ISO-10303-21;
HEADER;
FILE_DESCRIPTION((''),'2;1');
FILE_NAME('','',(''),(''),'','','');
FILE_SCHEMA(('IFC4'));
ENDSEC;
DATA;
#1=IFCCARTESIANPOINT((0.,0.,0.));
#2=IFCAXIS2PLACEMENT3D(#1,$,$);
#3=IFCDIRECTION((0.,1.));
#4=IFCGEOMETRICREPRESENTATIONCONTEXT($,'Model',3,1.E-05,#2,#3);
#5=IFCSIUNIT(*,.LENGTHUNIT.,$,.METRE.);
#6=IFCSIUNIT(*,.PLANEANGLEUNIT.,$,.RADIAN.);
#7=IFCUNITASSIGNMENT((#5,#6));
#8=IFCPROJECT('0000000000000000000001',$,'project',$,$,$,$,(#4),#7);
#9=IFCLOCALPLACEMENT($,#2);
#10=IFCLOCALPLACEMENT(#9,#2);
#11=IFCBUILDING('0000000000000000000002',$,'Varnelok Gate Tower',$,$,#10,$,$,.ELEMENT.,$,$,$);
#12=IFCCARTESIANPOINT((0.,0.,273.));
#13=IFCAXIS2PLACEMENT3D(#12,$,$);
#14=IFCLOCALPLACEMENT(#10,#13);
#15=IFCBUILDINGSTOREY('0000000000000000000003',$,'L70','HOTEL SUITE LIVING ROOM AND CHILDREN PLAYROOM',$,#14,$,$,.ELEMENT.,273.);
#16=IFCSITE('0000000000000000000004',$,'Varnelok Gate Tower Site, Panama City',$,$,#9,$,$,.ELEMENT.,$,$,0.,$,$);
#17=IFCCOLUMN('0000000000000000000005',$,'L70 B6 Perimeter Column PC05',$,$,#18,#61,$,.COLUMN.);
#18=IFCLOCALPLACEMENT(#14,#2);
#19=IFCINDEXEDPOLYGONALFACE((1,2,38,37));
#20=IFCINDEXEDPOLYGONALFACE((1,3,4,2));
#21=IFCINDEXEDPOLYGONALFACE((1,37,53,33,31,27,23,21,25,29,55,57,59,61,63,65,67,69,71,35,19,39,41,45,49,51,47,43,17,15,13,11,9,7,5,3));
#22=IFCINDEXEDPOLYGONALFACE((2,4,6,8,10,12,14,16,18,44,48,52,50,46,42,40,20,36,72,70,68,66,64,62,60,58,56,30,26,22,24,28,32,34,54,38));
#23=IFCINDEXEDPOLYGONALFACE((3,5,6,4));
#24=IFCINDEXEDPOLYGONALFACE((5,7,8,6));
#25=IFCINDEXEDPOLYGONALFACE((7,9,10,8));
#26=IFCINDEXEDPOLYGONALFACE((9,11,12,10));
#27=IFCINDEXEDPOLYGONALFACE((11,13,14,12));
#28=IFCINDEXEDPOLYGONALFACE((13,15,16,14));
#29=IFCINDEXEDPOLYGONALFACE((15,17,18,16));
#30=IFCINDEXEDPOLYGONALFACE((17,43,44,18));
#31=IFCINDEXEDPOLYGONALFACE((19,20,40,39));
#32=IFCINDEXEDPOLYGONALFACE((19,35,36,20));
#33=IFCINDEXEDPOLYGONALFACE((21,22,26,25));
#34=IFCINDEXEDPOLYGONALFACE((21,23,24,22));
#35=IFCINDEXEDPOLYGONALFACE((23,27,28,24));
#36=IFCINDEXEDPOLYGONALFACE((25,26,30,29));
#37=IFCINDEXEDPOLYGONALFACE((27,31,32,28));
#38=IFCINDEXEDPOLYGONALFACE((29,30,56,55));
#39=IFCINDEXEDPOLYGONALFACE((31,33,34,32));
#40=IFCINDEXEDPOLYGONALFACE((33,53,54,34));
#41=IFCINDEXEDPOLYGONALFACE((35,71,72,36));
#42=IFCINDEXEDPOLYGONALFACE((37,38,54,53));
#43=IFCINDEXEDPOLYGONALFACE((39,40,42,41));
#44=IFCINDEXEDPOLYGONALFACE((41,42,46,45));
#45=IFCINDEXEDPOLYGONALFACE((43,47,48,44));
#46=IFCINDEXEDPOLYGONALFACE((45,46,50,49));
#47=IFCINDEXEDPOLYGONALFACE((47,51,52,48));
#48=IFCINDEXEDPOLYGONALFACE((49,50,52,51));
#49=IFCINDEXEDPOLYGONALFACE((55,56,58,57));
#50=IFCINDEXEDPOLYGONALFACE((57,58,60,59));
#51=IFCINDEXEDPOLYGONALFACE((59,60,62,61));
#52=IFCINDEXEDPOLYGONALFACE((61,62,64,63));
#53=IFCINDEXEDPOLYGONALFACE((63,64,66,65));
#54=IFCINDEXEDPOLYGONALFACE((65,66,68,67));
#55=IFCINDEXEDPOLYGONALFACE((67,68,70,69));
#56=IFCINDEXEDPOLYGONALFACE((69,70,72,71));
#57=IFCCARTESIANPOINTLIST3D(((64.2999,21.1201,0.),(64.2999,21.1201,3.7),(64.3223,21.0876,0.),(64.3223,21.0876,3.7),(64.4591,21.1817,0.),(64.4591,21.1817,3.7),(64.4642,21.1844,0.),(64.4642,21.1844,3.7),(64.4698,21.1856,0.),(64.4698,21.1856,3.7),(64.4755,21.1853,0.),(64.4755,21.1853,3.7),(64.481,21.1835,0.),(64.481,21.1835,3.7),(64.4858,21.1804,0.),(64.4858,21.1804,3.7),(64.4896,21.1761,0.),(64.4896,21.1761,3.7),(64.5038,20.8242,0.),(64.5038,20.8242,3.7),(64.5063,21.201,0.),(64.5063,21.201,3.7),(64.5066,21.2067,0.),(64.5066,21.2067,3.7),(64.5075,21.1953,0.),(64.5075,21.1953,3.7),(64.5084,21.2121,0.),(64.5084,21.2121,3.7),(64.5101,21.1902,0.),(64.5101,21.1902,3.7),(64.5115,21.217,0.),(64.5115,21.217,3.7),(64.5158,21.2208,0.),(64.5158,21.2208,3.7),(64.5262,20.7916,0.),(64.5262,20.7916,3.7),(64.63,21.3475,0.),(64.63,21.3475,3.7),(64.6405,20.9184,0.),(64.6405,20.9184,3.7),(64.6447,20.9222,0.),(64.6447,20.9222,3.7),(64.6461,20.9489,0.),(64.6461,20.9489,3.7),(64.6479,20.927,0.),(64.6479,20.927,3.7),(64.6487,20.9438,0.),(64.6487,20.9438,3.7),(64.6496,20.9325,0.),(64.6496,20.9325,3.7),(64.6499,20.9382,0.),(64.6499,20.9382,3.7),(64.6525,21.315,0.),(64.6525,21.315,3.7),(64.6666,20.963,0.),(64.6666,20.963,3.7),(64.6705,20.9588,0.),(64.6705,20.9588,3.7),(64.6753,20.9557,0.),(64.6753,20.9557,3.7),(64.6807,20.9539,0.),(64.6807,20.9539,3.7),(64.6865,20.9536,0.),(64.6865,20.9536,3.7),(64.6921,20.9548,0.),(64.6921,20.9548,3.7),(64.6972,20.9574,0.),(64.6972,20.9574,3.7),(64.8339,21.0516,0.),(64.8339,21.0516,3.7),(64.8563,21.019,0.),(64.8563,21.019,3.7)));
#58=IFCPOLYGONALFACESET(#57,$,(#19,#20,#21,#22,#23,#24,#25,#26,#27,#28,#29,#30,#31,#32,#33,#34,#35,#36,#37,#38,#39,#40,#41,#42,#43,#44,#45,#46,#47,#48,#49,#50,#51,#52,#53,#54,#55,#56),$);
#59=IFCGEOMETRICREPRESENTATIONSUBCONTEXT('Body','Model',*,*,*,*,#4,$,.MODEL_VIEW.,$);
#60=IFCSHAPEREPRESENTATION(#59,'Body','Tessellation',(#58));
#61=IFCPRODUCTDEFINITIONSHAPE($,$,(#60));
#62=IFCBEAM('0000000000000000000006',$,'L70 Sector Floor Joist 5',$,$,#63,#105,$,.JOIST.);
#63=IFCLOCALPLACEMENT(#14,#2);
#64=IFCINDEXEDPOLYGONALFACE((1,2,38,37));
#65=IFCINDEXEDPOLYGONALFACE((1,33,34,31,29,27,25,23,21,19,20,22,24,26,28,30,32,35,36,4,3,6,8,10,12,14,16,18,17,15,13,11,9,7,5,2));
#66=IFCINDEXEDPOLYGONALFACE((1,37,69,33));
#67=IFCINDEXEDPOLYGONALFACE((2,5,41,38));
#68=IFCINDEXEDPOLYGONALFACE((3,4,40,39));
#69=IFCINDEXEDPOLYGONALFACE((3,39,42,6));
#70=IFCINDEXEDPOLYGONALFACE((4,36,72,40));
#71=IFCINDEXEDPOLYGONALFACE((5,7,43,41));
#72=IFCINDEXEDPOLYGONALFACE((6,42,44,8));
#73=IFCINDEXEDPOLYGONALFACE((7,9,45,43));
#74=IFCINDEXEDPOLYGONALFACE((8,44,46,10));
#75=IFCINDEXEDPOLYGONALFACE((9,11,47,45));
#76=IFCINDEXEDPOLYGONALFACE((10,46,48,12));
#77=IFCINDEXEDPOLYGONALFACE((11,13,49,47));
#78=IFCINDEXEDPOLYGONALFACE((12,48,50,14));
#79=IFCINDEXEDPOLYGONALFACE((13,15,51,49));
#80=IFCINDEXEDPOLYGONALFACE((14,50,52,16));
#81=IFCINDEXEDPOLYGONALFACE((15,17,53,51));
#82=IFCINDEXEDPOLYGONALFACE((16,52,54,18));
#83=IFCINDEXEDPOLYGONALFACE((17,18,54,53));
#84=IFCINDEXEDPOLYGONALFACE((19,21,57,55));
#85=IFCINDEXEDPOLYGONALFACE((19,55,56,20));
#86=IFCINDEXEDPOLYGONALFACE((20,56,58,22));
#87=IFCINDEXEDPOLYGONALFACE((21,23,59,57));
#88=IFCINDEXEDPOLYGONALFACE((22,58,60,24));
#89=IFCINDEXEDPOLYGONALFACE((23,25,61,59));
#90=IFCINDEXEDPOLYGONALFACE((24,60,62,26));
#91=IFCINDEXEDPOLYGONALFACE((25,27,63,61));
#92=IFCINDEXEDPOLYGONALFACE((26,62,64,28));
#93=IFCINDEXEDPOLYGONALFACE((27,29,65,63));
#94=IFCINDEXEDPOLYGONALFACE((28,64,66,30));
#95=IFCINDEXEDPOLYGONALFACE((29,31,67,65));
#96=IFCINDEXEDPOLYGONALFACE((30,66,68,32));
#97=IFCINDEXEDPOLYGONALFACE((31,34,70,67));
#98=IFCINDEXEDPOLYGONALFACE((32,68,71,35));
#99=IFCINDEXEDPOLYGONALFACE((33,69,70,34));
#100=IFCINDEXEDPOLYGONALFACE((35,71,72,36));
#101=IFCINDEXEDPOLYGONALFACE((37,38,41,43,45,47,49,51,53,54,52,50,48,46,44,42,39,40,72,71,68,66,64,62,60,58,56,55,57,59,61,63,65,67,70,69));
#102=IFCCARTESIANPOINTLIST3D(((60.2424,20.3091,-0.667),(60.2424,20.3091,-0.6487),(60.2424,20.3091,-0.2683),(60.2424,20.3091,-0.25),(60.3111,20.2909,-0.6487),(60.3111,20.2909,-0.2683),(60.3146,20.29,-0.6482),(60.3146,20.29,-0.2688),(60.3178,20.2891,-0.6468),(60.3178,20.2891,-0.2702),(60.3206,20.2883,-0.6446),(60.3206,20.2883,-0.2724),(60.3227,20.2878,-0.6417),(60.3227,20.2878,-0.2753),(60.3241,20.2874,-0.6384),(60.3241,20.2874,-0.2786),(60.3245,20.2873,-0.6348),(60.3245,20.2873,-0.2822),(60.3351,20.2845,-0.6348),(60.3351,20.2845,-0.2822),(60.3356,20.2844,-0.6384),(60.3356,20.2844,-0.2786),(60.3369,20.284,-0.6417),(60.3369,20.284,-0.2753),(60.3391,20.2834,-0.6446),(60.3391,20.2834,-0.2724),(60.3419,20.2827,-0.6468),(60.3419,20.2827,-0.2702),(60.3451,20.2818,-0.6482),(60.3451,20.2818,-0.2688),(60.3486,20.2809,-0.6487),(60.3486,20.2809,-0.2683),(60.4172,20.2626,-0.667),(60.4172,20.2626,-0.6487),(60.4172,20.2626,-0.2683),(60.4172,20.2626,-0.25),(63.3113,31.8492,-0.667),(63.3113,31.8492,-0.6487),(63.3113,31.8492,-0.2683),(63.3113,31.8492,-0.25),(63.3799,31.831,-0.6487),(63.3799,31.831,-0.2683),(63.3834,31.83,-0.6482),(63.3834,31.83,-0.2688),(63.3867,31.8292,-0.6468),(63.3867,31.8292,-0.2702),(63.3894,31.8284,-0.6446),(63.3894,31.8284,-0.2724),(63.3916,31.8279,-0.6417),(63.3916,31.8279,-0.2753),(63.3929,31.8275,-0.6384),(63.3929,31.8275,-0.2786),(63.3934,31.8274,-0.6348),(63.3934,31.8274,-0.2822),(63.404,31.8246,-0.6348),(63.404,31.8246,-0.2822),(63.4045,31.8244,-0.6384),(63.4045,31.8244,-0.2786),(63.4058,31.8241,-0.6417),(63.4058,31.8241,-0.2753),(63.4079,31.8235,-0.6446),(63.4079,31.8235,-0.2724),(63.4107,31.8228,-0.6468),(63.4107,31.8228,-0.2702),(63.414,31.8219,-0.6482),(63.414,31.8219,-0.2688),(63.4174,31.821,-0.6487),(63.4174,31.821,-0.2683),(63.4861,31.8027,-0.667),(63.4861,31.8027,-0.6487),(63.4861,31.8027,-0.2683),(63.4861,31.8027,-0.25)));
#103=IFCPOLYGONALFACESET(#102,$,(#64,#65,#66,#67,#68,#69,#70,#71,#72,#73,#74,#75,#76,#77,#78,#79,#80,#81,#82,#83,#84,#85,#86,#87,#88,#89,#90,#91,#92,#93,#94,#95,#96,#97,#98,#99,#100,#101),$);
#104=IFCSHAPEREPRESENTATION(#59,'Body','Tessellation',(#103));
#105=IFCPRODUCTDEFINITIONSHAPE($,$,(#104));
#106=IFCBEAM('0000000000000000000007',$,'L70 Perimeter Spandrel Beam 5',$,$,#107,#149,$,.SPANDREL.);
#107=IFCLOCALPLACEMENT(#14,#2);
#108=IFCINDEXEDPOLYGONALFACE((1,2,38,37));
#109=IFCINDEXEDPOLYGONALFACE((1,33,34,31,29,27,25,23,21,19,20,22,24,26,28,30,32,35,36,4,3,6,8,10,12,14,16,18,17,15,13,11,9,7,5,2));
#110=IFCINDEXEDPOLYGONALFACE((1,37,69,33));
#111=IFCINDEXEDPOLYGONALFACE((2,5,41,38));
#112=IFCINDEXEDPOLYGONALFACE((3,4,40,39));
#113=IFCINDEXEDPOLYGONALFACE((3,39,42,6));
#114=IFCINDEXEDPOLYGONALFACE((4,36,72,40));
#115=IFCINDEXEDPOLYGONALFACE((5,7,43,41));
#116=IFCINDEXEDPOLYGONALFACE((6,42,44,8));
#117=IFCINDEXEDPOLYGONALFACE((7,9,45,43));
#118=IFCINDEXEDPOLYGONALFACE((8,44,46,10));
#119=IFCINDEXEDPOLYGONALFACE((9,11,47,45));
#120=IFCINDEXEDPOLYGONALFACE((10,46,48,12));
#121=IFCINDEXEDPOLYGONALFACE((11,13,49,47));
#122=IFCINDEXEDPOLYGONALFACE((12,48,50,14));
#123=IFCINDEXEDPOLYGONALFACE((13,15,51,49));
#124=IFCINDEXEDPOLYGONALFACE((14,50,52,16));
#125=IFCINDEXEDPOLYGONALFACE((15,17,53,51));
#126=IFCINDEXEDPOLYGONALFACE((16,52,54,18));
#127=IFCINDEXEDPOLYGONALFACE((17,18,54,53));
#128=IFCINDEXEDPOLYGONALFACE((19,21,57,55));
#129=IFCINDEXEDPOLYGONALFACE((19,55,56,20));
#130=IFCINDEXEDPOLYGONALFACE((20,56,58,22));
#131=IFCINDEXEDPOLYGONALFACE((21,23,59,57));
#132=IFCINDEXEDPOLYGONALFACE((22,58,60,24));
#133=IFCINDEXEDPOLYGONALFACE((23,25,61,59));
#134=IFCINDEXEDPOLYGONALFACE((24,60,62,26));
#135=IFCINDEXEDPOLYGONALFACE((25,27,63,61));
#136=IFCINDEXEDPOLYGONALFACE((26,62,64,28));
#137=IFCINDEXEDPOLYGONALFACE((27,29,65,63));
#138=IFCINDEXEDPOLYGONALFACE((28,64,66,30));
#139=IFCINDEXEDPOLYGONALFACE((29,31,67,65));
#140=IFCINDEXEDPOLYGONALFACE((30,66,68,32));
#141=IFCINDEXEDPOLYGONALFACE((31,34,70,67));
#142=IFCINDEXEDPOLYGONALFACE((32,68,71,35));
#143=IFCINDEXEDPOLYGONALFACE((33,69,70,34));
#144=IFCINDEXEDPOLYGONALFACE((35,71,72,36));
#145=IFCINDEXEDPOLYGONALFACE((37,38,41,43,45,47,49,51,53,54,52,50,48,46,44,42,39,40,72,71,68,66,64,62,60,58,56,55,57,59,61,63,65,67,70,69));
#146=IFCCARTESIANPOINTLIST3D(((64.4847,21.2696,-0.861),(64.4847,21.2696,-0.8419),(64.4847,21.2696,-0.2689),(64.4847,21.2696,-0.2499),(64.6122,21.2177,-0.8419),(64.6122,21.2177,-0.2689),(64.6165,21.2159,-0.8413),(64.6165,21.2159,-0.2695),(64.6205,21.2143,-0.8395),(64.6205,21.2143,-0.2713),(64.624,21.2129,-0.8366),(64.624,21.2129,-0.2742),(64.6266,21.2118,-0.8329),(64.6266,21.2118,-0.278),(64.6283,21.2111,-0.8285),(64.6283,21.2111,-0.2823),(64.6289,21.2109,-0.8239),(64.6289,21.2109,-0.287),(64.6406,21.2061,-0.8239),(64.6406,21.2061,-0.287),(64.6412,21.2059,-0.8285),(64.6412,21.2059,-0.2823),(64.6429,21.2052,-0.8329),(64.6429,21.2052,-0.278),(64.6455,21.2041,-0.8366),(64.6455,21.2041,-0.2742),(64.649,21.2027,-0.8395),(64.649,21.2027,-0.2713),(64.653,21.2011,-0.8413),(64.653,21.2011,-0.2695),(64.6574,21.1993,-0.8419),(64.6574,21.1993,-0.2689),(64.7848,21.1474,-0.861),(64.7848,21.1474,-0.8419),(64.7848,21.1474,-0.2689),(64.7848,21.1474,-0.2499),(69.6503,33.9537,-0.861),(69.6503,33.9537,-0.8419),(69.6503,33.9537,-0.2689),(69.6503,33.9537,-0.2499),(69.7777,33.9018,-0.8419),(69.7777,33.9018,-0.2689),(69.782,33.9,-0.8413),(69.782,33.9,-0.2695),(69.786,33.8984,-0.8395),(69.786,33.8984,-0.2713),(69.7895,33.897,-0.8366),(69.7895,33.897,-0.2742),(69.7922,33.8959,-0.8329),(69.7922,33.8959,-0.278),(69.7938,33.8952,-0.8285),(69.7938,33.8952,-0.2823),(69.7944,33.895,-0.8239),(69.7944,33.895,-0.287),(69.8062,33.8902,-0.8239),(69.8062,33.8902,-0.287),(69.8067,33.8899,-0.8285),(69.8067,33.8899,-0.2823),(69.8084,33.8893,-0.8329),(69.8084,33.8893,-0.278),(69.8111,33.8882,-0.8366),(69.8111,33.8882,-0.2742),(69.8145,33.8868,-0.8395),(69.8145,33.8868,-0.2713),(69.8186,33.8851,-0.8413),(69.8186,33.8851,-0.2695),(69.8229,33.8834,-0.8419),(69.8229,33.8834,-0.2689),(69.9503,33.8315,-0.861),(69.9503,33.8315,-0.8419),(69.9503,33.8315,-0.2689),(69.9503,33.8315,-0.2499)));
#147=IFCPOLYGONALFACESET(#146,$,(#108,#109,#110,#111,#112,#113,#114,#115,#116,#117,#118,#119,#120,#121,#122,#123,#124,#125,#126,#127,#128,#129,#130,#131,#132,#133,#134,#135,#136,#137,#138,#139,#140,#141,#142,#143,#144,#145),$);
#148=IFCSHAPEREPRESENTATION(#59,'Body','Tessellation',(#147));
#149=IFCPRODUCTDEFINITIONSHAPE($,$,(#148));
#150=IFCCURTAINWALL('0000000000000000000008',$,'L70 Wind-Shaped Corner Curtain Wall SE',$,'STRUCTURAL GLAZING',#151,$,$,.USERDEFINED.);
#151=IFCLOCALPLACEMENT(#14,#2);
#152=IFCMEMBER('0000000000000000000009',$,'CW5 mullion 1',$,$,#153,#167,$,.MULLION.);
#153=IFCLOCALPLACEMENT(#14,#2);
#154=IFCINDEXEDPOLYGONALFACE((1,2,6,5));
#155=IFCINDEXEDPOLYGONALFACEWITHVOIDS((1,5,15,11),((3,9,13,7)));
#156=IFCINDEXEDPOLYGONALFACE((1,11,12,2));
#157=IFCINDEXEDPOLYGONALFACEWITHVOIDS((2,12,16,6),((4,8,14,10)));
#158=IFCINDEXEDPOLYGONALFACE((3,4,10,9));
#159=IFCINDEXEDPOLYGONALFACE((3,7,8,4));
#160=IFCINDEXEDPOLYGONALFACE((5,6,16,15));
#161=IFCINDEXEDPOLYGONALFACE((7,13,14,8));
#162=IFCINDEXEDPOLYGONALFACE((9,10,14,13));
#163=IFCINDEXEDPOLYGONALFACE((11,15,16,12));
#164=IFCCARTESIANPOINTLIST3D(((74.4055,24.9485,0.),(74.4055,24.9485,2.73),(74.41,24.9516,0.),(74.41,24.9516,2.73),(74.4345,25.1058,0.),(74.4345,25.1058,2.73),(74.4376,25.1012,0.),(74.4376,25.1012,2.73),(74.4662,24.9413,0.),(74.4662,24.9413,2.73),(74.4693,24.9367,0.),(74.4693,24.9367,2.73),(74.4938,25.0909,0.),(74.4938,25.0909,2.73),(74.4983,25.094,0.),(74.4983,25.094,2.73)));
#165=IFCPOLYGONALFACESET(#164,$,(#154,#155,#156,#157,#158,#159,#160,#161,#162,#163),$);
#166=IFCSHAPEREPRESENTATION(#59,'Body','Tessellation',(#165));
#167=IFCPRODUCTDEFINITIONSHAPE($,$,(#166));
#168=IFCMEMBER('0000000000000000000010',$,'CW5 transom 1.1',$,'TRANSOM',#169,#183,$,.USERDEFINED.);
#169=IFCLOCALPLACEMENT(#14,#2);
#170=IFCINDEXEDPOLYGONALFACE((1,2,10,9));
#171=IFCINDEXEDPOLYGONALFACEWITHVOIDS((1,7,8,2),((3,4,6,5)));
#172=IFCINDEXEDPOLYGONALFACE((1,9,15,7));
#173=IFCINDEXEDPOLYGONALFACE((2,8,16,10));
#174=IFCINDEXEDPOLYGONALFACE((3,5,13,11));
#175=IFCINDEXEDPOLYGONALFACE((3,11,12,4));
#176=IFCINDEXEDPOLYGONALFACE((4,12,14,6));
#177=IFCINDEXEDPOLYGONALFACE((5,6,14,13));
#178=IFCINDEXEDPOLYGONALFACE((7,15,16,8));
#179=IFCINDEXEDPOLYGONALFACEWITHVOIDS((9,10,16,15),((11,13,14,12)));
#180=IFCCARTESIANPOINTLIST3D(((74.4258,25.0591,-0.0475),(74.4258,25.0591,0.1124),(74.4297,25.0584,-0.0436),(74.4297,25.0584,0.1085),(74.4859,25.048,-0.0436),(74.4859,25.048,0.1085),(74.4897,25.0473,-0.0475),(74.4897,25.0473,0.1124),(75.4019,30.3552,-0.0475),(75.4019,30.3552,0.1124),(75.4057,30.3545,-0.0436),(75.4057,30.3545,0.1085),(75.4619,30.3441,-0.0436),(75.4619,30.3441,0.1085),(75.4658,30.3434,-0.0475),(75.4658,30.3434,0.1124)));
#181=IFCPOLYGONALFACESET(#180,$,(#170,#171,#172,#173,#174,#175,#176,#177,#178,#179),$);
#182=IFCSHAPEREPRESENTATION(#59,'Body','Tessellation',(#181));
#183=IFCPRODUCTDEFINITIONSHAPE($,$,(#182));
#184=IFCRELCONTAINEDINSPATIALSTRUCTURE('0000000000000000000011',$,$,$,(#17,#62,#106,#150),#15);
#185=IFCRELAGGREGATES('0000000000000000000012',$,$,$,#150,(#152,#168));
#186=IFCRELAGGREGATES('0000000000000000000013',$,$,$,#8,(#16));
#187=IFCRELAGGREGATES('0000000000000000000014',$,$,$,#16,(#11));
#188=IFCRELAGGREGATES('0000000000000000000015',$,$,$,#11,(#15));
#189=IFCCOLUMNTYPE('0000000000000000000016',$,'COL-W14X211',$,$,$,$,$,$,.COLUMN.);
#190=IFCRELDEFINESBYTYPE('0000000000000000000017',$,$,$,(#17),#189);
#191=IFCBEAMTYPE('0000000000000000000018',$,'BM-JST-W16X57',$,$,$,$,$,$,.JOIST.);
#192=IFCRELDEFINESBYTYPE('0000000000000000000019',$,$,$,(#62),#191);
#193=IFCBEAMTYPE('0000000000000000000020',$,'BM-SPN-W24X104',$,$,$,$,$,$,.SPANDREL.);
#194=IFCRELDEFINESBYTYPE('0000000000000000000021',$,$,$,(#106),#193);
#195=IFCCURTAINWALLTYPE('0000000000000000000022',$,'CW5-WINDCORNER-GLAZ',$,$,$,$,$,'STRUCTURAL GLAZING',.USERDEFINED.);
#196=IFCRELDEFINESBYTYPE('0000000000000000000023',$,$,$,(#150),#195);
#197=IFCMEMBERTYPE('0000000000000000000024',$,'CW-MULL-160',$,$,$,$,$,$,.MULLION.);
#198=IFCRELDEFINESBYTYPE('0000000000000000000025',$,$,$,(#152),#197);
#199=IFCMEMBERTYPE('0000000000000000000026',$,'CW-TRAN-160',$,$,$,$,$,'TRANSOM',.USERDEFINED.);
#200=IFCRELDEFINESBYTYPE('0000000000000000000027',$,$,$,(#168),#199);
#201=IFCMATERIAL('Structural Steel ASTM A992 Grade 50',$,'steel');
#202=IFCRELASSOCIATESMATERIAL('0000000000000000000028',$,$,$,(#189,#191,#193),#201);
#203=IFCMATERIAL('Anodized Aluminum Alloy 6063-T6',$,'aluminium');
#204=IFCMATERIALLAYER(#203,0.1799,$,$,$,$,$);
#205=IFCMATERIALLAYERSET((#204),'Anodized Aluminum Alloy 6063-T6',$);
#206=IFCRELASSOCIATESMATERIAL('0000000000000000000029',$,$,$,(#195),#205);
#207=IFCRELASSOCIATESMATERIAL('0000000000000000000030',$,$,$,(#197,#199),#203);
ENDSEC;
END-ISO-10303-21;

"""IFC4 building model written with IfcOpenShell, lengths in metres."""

from ifc_helpers import new_model, si_unit, direction, frame, origin, origin_2d, place, context, subcontext, project, spatial, hollow_rectangle, i_section, extrude, material, layer, layer_set, material_profile, profile_set, type_object, element, aggregate, save


model = new_model("IFC4")

# Units and contexts
model_context = context("Model", 3, precision=1e-05, world=origin(), true_north=direction((0.0, 1.0)))
body_context = subcontext(model_context, "Body", "Model", "MODEL_VIEW")
ifc_project = project(units=[si_unit("LENGTHUNIT", "METRE"), si_unit("PLANEANGLEUNIT", "RADIAN")], contexts=[model_context])

# Site, building, storey
site_placement = place(None, origin())
site = spatial("IfcSite", under=ifc_project, at=site_placement, Name="Varnelok Gate Tower Site, Panama City", CompositionType="ELEMENT", RefElevation=0.0)
building_placement = place(site_placement, origin())
building = spatial("IfcBuilding", under=site, at=building_placement, Name="Varnelok Gate Tower", CompositionType="ELEMENT")
storey_placement = place(building_placement, frame((0.0, 0.0, 273.0)))
storey = spatial("IfcBuildingStorey", under=building, at=storey_placement, Name="L70", Description="HOTEL SUITE LIVING ROOM AND CHILDREN PLAYROOM", CompositionType="ELEMENT", Elevation=273.0)

# Column
ifc_material_1 = material(Name="Structural Steel ASTM A992 Grade 50", Category="steel")
ifc_material_profile_1 = material_profile(ifc_material_1, i_section(OverallWidth=0.4009, OverallDepth=0.3989, WebThickness=0.0249, FlangeThickness=0.0396, FilletRadius=0.022, at=origin_2d()), Name="W14X211")
ifc_profile_set_1 = profile_set([ifc_material_profile_1], Name="Structural Steel ASTM A992 Grade 50")
column_type = type_object("IfcColumnType", Name="COL-W14X211", PredefinedType="COLUMN", material=ifc_profile_set_1)
column_placement = place(storey_placement, frame((64.5781, 21.0696, 0.0), z_axis=(0.0, 0.0, 1.0), x_axis=(0.823533, 0.567269, 0.0)))
element("IfcColumn", 1, at=column_placement, inside=storey, type_object=column_type, Name="L70 B6 Perimeter Column PC05", PredefinedType="COLUMN", context=body_context, shape_type="SweptSolid", body=[
    extrude(i_section(OverallWidth=0.4009, OverallDepth=0.3989, WebThickness=0.0249, FlangeThickness=0.0396, FilletRadius=0.022, at=origin_2d()), origin(), (0.0, 0.0, 1.0), 3.7),
])

# Beams
ifc_material_profile_2 = material_profile(ifc_material_1, i_section(OverallWidth=0.1809, OverallDepth=0.417, WebThickness=0.011, FlangeThickness=0.0183, FilletRadius=0.0139, at=origin_2d()), Name="W16X57")
ifc_profile_set_2 = profile_set([ifc_material_profile_2], Name="Structural Steel ASTM A992 Grade 50")
beam_type_1 = type_object("IfcBeamType", Name="BM-JST-W16X57", PredefinedType="JOIST", material=ifc_profile_set_2)
beam_1_placement = place(storey_placement, frame((60.3298, 20.2859, -0.4585), z_axis=(0.256998, 0.966412, 0.0), x_axis=(-0.966412, 0.256998, 0.0)))
element("IfcBeam", 2, at=beam_1_placement, inside=storey, type_object=beam_type_1, Name="L70 Sector Floor Joist 5", PredefinedType="JOIST", context=body_context, shape_type="SweptSolid", body=[
    extrude(i_section(OverallWidth=0.1809, OverallDepth=0.417, WebThickness=0.011, FlangeThickness=0.0183, FilletRadius=0.0139, at=origin_2d()), origin(), (0.0, 0.0, 1.0), 11.9412),
])
ifc_material_profile_3 = material_profile(ifc_material_1, i_section(OverallWidth=0.324, OverallDepth=0.6111, WebThickness=0.0127, FlangeThickness=0.019, FilletRadius=0.0181, at=origin_2d()), Name="W24X104")
ifc_profile_set_3 = profile_set([ifc_material_profile_3], Name="Structural Steel ASTM A992 Grade 50")
beam_type_2 = type_object("IfcBeamType", Name="BM-SPN-W24X104", PredefinedType="SPANDREL", material=ifc_profile_set_3)
beam_2_placement = place(storey_placement, frame((64.6348, 21.2085, -0.5554), z_axis=(0.377168, 0.926145, 0.0), x_axis=(-0.926145, 0.377168, 0.0)))
element("IfcBeam", 3, at=beam_2_placement, inside=storey, type_object=beam_type_2, Name="L70 Perimeter Spandrel Beam 5", PredefinedType="SPANDREL", context=body_context, shape_type="SweptSolid", body=[
    extrude(i_section(OverallWidth=0.324, OverallDepth=0.6111, WebThickness=0.0127, FlangeThickness=0.019, FilletRadius=0.0181, at=origin_2d()), origin(), (0.0, 0.0, 1.0), 13.6956),
])

# Curtain wall, members
ifc_material_2 = material(Name="Anodized Aluminum Alloy 6063-T6", Category="aluminium")
ifc_layer_1 = layer(ifc_material_2, 0.1799)
ifc_layer_set_1 = layer_set([ifc_layer_1], Name="Anodized Aluminum Alloy 6063-T6")
curtain_wall_type = type_object("IfcCurtainWallType", Name="CW5-WINDCORNER-GLAZ", ElementType="STRUCTURAL GLAZING", PredefinedType="USERDEFINED", material=ifc_layer_set_1)
curtain_wall_placement = place(storey_placement, origin())
curtain_wall = element("IfcCurtainWall", 4, at=curtain_wall_placement, inside=storey, type_object=curtain_wall_type, Name="L70 Wind-Shaped Corner Curtain Wall SE", ObjectType="STRUCTURAL GLAZING", PredefinedType="USERDEFINED")
ifc_material_profile_4 = material_profile(ifc_material_2, hollow_rectangle(XDim=0.0649, YDim=0.1599, WallThickness=0.0039, at=origin_2d()), Name="ALU160X65X4")
ifc_profile_set_4 = profile_set([ifc_material_profile_4], Name="Anodized Aluminum Alloy 6063-T6")
member_type_1 = type_object("IfcMemberType", Name="CW-MULL-160", PredefinedType="MULLION", material=ifc_profile_set_4)
member_1_placement = place(storey_placement, frame((74.4519, 25.0212, 0.0), z_axis=(0.0, 0.0, 1.0), x_axis=(-0.983446, 0.181202, 0.0)))
member_1 = element("IfcMember", 5, at=member_1_placement, type_object=member_type_1, Name="CW5 mullion 1", PredefinedType="MULLION", context=body_context, shape_type="SweptSolid", body=[
    extrude(hollow_rectangle(XDim=0.0649, YDim=0.1599, WallThickness=0.0039, at=origin_2d()), origin(), (0.0, 0.0, 1.0), 2.73),
])
ifc_material_profile_5 = material_profile(ifc_material_2, hollow_rectangle(XDim=0.0649, YDim=0.1599, WallThickness=0.0039, at=origin_2d()), Name="ALU160X65X4")
ifc_profile_set_5 = profile_set([ifc_material_profile_5], Name="Anodized Aluminum Alloy 6063-T6")
member_type_2 = type_object("IfcMemberType", Name="CW-TRAN-160", ElementType="TRANSOM", PredefinedType="USERDEFINED", material=ifc_profile_set_5)
member_2_placement = place(storey_placement, frame((74.4578, 25.0532, 0.0325), z_axis=(0.181247, 0.983438, 0.0), x_axis=(-0.983438, 0.181247, 0.0)))
member_2 = element("IfcMember", 6, at=member_2_placement, type_object=member_type_2, Name="CW5 transom 1.1", ObjectType="TRANSOM", PredefinedType="USERDEFINED", context=body_context, shape_type="SweptSolid", body=[
    extrude(hollow_rectangle(XDim=0.0649, YDim=0.1599, WallThickness=0.0039, at=origin_2d()), origin(), (0.0, 0.0, 1.0), 5.3853),
])
aggregate(curtain_wall, [member_1, member_2])

save(model, "model.ifc")
